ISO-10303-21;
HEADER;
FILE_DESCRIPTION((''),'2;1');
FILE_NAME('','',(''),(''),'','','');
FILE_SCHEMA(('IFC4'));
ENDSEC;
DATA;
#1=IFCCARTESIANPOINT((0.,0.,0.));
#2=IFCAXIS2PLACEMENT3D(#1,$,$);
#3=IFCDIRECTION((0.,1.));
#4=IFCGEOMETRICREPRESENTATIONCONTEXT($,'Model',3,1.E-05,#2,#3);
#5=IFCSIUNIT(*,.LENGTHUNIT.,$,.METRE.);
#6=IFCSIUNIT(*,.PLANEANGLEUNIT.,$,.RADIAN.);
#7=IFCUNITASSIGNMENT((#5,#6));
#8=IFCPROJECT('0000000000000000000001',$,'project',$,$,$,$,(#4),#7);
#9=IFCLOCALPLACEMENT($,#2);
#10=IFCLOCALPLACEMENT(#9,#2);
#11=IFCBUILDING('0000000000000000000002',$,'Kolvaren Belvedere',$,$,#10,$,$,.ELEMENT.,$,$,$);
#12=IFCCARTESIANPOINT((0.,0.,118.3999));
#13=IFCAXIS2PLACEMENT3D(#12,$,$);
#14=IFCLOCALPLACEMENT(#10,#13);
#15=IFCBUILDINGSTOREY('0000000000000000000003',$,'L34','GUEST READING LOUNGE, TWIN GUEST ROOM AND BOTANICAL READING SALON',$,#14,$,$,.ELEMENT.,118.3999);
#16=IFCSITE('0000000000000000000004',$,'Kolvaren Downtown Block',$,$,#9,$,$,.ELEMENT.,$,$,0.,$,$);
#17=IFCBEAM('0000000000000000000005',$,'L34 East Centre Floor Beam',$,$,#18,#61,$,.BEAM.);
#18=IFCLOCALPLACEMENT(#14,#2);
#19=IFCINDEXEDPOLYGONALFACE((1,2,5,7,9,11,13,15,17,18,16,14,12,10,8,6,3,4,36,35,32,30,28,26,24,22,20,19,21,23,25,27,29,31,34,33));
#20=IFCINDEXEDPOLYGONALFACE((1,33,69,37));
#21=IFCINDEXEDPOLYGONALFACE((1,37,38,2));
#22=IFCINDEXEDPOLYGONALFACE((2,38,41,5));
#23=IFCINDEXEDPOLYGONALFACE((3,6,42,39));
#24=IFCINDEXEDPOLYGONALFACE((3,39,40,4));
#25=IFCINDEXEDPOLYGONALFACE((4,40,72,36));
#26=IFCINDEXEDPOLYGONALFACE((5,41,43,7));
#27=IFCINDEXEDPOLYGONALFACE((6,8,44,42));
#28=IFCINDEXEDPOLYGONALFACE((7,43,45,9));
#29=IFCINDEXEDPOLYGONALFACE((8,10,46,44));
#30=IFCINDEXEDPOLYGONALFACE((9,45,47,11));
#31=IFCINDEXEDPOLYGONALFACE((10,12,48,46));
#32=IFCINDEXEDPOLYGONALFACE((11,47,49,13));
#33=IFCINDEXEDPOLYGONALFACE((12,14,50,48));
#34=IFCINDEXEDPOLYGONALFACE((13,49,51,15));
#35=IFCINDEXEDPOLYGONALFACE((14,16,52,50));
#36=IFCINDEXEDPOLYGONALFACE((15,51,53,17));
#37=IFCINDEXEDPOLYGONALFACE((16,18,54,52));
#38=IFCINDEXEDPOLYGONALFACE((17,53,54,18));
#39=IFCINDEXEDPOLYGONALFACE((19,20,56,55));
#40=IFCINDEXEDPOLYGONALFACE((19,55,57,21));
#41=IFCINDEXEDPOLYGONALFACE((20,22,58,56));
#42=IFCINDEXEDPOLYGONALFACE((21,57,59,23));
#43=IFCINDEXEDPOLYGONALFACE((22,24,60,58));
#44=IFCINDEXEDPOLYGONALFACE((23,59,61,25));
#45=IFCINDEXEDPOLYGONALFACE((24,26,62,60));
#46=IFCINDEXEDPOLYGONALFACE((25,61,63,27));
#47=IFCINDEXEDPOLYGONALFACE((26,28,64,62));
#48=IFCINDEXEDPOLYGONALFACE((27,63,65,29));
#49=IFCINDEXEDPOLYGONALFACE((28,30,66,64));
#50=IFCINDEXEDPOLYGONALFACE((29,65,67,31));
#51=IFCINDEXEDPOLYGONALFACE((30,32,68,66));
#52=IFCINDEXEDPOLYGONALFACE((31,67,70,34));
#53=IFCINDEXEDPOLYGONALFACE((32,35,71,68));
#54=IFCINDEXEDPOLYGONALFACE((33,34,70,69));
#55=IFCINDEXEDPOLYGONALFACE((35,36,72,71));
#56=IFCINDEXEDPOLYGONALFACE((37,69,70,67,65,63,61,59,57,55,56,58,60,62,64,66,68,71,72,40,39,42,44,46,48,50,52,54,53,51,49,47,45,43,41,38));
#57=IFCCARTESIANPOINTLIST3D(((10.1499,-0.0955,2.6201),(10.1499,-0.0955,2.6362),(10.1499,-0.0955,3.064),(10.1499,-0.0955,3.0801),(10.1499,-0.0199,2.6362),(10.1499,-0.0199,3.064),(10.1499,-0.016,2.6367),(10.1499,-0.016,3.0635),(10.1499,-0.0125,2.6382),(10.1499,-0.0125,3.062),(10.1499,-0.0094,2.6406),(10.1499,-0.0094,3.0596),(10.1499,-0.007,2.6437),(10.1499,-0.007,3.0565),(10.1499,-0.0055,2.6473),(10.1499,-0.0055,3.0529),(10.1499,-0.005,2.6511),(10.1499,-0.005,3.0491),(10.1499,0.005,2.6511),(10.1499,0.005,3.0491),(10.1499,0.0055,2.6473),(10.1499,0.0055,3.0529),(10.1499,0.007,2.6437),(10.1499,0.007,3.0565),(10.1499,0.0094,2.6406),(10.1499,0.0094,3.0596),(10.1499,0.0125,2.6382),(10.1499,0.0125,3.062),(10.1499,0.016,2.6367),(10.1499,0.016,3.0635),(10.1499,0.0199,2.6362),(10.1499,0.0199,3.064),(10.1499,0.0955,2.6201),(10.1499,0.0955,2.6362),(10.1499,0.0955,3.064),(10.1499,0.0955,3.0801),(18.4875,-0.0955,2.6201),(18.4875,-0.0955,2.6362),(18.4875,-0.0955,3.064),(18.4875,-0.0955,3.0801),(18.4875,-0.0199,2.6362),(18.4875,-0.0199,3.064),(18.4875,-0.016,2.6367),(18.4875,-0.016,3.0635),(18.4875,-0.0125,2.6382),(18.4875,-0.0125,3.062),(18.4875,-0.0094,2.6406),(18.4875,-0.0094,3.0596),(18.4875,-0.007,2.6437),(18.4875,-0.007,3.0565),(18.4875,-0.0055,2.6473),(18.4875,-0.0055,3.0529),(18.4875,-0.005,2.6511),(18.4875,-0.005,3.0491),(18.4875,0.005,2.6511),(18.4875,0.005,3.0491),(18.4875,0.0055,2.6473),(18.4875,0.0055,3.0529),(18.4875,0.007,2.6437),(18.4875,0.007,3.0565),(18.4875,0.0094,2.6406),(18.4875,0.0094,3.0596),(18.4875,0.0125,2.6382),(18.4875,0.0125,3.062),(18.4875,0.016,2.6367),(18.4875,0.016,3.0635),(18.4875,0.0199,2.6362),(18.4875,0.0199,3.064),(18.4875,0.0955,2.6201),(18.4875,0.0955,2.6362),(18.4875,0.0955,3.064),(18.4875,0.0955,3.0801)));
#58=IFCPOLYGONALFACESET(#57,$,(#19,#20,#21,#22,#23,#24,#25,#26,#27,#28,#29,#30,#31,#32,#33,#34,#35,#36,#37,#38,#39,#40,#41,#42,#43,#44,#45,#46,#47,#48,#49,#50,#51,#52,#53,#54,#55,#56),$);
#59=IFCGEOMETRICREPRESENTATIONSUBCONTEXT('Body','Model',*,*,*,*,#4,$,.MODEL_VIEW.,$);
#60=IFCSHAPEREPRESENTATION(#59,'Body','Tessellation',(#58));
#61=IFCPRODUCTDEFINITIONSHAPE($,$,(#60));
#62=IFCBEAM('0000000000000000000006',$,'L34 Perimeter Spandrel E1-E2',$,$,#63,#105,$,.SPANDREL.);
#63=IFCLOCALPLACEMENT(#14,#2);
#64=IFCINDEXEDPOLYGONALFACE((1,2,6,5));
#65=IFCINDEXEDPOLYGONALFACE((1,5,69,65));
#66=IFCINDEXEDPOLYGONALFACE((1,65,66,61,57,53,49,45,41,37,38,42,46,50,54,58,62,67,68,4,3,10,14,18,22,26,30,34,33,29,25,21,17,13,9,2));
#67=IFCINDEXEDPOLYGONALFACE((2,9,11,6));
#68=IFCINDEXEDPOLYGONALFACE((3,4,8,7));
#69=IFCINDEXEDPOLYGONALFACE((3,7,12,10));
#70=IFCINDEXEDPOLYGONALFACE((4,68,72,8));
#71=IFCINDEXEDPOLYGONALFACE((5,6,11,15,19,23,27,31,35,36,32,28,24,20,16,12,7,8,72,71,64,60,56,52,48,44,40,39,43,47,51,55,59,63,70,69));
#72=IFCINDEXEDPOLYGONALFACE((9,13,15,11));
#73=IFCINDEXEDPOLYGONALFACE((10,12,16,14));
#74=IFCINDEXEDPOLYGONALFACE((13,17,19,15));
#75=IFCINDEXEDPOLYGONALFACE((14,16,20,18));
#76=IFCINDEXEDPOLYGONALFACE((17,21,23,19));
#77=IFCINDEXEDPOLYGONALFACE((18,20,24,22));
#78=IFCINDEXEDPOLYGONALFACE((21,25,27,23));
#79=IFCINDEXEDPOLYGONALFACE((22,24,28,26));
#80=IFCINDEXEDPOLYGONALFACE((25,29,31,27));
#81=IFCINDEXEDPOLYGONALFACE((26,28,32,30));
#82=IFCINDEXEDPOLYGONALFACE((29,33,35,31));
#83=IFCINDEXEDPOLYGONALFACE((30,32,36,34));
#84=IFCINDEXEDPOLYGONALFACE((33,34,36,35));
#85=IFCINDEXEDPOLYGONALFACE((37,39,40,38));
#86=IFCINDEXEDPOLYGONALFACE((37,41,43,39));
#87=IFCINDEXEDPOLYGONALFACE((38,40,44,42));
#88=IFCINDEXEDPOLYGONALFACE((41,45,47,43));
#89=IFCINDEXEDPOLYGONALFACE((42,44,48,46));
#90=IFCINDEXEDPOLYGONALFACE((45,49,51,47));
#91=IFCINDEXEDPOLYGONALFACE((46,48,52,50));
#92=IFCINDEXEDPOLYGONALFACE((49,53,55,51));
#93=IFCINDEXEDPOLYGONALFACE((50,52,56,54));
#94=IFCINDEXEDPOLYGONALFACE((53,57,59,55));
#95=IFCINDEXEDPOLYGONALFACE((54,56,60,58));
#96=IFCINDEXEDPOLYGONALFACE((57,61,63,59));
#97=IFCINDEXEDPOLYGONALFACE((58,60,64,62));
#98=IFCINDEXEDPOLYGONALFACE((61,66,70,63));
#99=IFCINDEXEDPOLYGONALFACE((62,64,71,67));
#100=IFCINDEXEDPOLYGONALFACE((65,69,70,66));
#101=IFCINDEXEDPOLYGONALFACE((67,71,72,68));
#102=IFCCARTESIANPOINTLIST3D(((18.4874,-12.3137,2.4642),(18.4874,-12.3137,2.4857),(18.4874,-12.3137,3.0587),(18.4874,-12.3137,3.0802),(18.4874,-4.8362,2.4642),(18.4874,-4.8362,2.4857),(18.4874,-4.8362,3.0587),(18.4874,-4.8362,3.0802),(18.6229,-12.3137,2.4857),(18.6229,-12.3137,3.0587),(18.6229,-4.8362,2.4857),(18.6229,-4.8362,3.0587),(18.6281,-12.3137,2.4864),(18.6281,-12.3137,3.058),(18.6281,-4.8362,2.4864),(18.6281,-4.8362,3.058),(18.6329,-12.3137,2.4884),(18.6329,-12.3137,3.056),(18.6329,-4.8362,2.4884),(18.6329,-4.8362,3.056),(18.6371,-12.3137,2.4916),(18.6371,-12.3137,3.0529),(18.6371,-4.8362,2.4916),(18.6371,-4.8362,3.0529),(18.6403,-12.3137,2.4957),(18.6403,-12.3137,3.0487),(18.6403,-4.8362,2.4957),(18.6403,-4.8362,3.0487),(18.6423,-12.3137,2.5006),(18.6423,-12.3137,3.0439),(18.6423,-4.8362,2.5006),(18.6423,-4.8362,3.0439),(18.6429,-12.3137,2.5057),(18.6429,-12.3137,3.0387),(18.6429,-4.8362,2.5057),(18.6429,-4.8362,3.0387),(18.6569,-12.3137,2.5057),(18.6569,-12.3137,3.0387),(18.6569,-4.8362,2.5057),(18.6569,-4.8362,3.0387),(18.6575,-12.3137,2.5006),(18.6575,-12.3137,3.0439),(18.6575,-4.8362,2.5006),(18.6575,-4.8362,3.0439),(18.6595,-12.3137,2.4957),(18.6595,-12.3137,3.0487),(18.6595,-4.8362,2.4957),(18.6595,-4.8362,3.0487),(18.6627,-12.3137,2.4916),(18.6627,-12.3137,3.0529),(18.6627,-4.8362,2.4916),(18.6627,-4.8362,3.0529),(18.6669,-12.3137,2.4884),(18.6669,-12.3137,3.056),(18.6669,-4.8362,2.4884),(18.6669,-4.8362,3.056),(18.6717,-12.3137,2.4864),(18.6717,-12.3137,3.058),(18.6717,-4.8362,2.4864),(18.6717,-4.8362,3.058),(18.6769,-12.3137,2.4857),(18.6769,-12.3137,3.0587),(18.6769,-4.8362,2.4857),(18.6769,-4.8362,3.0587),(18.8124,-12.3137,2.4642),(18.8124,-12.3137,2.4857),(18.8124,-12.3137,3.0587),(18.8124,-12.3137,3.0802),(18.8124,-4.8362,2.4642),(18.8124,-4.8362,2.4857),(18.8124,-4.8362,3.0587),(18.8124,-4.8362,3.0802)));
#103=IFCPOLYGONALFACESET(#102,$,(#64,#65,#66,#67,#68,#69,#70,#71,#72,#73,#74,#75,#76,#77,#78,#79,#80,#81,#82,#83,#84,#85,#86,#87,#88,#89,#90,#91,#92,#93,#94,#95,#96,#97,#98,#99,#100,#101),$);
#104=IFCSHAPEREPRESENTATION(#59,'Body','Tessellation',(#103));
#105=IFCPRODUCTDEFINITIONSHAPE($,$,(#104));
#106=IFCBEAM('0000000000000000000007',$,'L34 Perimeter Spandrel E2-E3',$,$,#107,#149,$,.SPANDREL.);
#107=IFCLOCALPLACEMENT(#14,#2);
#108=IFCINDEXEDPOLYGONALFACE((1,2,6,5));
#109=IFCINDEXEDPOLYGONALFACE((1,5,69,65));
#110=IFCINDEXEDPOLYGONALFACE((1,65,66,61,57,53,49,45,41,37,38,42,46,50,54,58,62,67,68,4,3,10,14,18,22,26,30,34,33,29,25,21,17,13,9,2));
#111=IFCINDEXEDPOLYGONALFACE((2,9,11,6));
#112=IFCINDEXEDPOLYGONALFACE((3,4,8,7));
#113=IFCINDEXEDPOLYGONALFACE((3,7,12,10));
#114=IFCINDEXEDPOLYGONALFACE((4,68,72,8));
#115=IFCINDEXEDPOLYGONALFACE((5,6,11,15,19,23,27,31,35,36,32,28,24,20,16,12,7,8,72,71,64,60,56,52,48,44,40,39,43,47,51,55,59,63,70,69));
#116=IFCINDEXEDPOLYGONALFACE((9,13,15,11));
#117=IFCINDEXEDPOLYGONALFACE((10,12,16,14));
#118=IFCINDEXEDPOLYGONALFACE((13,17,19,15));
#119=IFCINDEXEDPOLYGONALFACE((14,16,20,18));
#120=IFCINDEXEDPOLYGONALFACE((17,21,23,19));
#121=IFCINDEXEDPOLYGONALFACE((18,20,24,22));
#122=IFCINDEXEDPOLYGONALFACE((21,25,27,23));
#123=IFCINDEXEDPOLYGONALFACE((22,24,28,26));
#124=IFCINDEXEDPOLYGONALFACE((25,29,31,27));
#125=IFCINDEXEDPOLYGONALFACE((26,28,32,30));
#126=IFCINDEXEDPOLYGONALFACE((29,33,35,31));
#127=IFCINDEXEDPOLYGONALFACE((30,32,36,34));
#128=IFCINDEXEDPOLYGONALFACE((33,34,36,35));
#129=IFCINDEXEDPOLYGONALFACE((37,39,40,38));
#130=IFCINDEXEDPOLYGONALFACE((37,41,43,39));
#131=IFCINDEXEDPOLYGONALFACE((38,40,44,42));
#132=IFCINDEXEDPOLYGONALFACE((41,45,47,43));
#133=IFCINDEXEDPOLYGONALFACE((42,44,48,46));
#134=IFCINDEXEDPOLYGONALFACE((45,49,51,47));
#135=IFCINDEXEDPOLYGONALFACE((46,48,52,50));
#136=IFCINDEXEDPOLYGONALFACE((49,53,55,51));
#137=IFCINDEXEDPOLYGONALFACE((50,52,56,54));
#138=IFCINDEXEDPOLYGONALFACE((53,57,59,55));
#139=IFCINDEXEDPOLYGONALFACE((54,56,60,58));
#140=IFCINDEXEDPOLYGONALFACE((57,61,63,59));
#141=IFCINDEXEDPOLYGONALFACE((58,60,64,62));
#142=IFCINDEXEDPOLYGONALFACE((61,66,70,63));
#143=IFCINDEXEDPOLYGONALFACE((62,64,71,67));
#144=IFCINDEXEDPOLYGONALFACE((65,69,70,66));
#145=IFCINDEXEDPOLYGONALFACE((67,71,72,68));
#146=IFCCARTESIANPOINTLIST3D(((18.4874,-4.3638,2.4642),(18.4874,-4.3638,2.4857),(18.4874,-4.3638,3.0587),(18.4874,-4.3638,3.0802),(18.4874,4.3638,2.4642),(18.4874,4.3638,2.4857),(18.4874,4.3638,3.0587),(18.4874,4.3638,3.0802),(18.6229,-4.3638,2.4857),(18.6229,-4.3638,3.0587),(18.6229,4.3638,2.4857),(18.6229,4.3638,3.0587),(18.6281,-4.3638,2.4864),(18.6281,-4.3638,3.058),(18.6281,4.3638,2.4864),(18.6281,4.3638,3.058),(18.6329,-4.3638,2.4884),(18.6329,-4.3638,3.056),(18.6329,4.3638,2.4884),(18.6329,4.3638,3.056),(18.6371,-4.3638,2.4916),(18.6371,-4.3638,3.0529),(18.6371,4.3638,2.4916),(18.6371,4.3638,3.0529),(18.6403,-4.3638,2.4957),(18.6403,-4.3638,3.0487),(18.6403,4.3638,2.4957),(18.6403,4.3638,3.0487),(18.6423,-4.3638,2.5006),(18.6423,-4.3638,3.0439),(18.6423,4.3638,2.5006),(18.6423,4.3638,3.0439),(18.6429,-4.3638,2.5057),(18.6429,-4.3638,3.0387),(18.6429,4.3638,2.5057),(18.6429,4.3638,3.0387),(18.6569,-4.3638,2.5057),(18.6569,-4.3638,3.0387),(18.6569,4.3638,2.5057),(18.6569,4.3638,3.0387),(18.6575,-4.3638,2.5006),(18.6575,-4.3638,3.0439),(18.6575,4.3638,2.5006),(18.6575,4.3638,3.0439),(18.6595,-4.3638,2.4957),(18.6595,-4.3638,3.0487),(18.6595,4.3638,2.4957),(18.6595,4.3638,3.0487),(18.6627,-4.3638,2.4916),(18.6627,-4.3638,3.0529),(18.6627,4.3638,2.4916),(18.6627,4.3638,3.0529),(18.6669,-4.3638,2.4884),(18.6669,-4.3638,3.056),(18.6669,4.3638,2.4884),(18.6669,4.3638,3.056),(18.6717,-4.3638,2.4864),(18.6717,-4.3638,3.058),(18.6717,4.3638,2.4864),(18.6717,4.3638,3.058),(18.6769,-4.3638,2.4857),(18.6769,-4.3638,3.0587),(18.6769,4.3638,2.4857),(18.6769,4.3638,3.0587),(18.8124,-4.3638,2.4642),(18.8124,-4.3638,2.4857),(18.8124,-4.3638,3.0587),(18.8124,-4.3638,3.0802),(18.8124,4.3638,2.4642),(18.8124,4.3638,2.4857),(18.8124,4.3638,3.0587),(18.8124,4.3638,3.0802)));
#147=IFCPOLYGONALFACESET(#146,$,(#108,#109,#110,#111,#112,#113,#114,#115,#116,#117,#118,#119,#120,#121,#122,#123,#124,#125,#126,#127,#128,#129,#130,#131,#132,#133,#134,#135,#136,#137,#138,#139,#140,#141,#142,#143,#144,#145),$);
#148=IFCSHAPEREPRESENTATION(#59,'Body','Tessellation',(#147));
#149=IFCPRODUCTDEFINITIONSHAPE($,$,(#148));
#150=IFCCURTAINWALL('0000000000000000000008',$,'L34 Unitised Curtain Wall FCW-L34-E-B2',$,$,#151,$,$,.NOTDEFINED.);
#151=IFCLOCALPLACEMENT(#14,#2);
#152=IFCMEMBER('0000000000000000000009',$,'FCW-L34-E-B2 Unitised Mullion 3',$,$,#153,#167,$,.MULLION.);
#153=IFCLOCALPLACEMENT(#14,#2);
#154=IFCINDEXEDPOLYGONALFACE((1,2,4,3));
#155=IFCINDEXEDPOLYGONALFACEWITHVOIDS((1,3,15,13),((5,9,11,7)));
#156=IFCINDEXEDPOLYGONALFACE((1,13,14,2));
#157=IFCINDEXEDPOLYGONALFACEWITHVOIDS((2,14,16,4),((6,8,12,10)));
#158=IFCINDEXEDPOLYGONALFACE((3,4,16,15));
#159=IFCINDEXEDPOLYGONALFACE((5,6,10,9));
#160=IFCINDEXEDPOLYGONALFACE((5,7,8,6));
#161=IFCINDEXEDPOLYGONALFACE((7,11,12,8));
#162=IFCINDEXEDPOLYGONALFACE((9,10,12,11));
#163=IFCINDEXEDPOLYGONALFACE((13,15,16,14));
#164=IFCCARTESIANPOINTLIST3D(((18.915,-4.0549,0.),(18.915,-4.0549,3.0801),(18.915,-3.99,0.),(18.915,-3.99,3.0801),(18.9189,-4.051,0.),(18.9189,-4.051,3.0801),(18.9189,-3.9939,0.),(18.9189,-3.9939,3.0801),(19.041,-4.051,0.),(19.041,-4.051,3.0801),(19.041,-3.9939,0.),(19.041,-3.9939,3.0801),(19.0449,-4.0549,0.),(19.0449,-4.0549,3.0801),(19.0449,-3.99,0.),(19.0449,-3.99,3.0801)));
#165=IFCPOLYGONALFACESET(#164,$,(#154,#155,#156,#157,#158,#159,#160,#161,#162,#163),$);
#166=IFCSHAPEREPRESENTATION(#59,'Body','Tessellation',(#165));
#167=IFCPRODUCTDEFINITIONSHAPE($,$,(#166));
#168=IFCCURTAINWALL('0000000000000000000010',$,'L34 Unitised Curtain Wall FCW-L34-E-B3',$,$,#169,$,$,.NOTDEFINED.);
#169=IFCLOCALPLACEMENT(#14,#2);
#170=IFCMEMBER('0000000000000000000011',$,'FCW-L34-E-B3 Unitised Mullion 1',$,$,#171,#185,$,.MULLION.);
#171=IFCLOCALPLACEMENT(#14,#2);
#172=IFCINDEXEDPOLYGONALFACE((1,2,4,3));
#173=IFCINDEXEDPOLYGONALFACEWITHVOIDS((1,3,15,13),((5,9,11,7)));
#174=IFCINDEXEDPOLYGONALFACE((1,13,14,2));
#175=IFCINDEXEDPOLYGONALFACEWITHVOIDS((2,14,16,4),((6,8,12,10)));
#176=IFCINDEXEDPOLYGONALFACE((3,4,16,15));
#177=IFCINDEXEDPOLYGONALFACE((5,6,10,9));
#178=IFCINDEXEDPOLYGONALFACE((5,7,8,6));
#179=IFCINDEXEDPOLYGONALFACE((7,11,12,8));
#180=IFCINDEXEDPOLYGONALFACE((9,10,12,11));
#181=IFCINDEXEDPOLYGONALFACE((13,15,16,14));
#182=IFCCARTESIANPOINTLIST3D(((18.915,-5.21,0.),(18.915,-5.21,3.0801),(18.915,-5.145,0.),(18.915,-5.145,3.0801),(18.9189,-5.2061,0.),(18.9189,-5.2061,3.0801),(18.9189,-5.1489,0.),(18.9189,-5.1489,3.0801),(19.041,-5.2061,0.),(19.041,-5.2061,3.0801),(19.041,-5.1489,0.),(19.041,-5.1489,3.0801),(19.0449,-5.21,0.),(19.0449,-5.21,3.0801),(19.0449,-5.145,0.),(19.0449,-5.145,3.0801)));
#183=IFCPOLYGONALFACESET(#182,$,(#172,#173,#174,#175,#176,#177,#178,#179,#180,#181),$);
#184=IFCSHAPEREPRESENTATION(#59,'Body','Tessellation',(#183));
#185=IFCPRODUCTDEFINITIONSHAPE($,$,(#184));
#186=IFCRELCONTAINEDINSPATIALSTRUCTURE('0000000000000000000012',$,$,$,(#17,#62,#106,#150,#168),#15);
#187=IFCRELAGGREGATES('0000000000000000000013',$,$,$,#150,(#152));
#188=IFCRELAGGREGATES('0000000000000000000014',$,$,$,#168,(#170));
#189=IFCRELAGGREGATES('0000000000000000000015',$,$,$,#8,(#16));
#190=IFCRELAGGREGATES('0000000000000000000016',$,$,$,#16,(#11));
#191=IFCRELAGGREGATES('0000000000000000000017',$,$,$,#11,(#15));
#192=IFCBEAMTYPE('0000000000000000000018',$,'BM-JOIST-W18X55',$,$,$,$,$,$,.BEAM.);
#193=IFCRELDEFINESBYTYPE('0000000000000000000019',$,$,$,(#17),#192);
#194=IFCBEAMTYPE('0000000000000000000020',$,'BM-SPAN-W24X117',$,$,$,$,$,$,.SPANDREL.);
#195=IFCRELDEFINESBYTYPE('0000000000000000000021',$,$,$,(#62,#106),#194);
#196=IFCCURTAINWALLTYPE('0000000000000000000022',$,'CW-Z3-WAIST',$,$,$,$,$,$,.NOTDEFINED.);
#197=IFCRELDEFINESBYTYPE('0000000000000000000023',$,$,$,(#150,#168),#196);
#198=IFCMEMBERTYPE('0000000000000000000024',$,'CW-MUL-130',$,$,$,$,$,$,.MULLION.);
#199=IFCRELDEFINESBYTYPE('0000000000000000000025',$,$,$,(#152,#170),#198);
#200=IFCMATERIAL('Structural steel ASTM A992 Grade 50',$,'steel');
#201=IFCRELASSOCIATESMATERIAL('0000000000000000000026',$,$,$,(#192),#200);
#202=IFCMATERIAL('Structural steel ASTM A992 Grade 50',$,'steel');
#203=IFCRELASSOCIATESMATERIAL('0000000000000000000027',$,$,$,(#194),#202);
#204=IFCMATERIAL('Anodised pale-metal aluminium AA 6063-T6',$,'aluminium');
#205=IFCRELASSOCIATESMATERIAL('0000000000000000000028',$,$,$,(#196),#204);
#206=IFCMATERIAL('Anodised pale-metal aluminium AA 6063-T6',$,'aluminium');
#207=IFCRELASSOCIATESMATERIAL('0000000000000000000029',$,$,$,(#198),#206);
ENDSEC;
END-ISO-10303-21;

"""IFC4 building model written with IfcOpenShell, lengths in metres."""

from ifc_helpers import new_model, si_unit, direction, frame, origin, origin_2d, place, context, subcontext, project, spatial, hollow_rectangle, i_section, extrude, material, material_profile, profile_set, type_object, element, aggregate, save


model = new_model("IFC4")

# Units and contexts
model_context = context("Model", 3, precision=1e-05, world=origin(), true_north=direction((0.0, 1.0)))
body_context = subcontext(model_context, "Body", "Model", "MODEL_VIEW")
ifc_project = project(units=[si_unit("LENGTHUNIT", "METRE"), si_unit("PLANEANGLEUNIT", "RADIAN")], contexts=[model_context])

# Site, building, storey
site_placement = place(None, origin())
site = spatial("IfcSite", under=ifc_project, at=site_placement, Name="Kolvaren Downtown Block", CompositionType="ELEMENT", RefElevation=0.0)
building_placement = place(site_placement, origin())
building = spatial("IfcBuilding", under=site, at=building_placement, Name="Kolvaren Belvedere", CompositionType="ELEMENT")
storey_placement = place(building_placement, frame((0.0, 0.0, 118.3999)))
storey = spatial("IfcBuildingStorey", under=building, at=storey_placement, Name="L34", Description="GUEST READING LOUNGE, TWIN GUEST ROOM AND BOTANICAL READING SALON", CompositionType="ELEMENT", Elevation=118.3999)

# Beams
ifc_material_1 = material(Name="Structural steel ASTM A992 Grade 50", Category="steel")
ifc_material_profile_1 = material_profile(ifc_material_1, i_section(OverallWidth=0.1909, OverallDepth=0.46, WebThickness=0.01, FlangeThickness=0.0161, FilletRadius=0.0149, at=origin_2d()), Name="W18X55")
ifc_profile_set_1 = profile_set([ifc_material_profile_1], Name="Structural steel ASTM A992 Grade 50")
beam_type_1 = type_object("IfcBeamType", Name="BM-JOIST-W18X55", PredefinedType="BEAM", material=ifc_profile_set_1)
beam_1_placement = place(storey_placement, frame((10.1499, 0.0, 2.8501), z_axis=(1.0, 0.0, 0.0), x_axis=(0.0, 1.0, 0.0)))
element("IfcBeam", 1, at=beam_1_placement, inside=storey, type_object=beam_type_1, Name="L34 East Centre Floor Beam", PredefinedType="BEAM", context=body_context, shape_type="SweptSolid", body=[
    extrude(i_section(OverallWidth=0.1909, OverallDepth=0.46, WebThickness=0.01, FlangeThickness=0.0161, FilletRadius=0.0149, at=origin_2d()), origin(), (0.0, 0.0, 1.0), 8.3376),
])
ifc_material_2 = material(Name="Structural steel ASTM A992 Grade 50", Category="steel")
ifc_material_profile_2 = material_profile(ifc_material_2, i_section(OverallWidth=0.325, OverallDepth=0.616, WebThickness=0.0139, FlangeThickness=0.0215, FilletRadius=0.02, at=origin_2d()), Name="W24X117")
ifc_profile_set_2 = profile_set([ifc_material_profile_2], Name="Structural steel ASTM A992 Grade 50")
beam_type_2 = type_object("IfcBeamType", Name="BM-SPAN-W24X117", PredefinedType="SPANDREL", material=ifc_profile_set_2)
beam_2_placement = place(storey_placement, frame((18.6499, -12.3137, 2.7722), z_axis=(0.0, 1.0, 0.0), x_axis=(-1.0, 0.0, 0.0)))
element("IfcBeam", 2, at=beam_2_placement, inside=storey, type_object=beam_type_2, Name="L34 Perimeter Spandrel E1-E2", PredefinedType="SPANDREL", context=body_context, shape_type="SweptSolid", body=[
    extrude(i_section(OverallWidth=0.325, OverallDepth=0.616, WebThickness=0.0139, FlangeThickness=0.0215, FilletRadius=0.02, at=origin_2d()), origin(), (0.0, 0.0, 1.0), 7.4775),
])
beam_3_placement = place(storey_placement, frame((18.6499, -4.3638, 2.7722), z_axis=(0.0, 1.0, 0.0), x_axis=(-1.0, 0.0, 0.0)))
element("IfcBeam", 3, at=beam_3_placement, inside=storey, type_object=beam_type_2, Name="L34 Perimeter Spandrel E2-E3", PredefinedType="SPANDREL", context=body_context, shape_type="SweptSolid", body=[
    extrude(i_section(OverallWidth=0.325, OverallDepth=0.616, WebThickness=0.0139, FlangeThickness=0.0215, FilletRadius=0.02, at=origin_2d()), origin(), (0.0, 0.0, 1.0), 8.7275),
])

# Curtain wall, member
ifc_material_3 = material(Name="Anodised pale-metal aluminium AA 6063-T6", Category="aluminium")
curtain_wall_type = type_object("IfcCurtainWallType", Name="CW-Z3-WAIST", PredefinedType="NOTDEFINED", material=ifc_material_3)
curtain_wall_1_placement = place(storey_placement, origin())
curtain_wall_1 = element("IfcCurtainWall", 4, at=curtain_wall_1_placement, inside=storey, type_object=curtain_wall_type, Name="L34 Unitised Curtain Wall FCW-L34-E-B2", PredefinedType="NOTDEFINED")
ifc_material_4 = material(Name="Anodised pale-metal aluminium AA 6063-T6", Category="aluminium")
ifc_material_profile_3 = material_profile(ifc_material_4, hollow_rectangle(XDim=0.0649, YDim=0.1299, WallThickness=0.0039, at=origin_2d()), Name="ALU-MUL-130X65")
ifc_profile_set_3 = profile_set([ifc_material_profile_3], Name="Anodised pale-metal aluminium AA 6063-T6")
member_type_1 = type_object("IfcMemberType", Name="CW-MUL-130", PredefinedType="MULLION", material=ifc_profile_set_3)
member_1_placement = place(storey_placement, frame((18.98, -4.0225, 0.0), z_axis=(0.0, 0.0, 1.0), x_axis=(0.0, 1.0, 0.0)))
member_1 = element("IfcMember", 5, at=member_1_placement, type_object=member_type_1, Name="FCW-L34-E-B2 Unitised Mullion 3", PredefinedType="MULLION", context=body_context, shape_type="SweptSolid", body=[
    extrude(hollow_rectangle(XDim=0.0649, YDim=0.1299, WallThickness=0.0039, at=origin_2d()), origin(), (0.0, 0.0, 1.0), 3.0801),
])

# Curtain wall, member
curtain_wall_2_placement = place(storey_placement, origin())
curtain_wall_2 = element("IfcCurtainWall", 6, at=curtain_wall_2_placement, inside=storey, type_object=curtain_wall_type, Name="L34 Unitised Curtain Wall FCW-L34-E-B3", PredefinedType="NOTDEFINED")
member_2_placement = place(storey_placement, frame((18.98, -5.1775, 0.0), z_axis=(0.0, 0.0, 1.0), x_axis=(0.0, 1.0, 0.0)))
member_2 = element("IfcMember", 7, at=member_2_placement, type_object=member_type_1, Name="FCW-L34-E-B3 Unitised Mullion 1", PredefinedType="MULLION", context=body_context, shape_type="SweptSolid", body=[
    extrude(hollow_rectangle(XDim=0.0649, YDim=0.1299, WallThickness=0.0039, at=origin_2d()), origin(), (0.0, 0.0, 1.0), 3.0801),
])

aggregate(curtain_wall_1, [member_1])
aggregate(curtain_wall_2, [member_2])

save(model, "model.ifc")
